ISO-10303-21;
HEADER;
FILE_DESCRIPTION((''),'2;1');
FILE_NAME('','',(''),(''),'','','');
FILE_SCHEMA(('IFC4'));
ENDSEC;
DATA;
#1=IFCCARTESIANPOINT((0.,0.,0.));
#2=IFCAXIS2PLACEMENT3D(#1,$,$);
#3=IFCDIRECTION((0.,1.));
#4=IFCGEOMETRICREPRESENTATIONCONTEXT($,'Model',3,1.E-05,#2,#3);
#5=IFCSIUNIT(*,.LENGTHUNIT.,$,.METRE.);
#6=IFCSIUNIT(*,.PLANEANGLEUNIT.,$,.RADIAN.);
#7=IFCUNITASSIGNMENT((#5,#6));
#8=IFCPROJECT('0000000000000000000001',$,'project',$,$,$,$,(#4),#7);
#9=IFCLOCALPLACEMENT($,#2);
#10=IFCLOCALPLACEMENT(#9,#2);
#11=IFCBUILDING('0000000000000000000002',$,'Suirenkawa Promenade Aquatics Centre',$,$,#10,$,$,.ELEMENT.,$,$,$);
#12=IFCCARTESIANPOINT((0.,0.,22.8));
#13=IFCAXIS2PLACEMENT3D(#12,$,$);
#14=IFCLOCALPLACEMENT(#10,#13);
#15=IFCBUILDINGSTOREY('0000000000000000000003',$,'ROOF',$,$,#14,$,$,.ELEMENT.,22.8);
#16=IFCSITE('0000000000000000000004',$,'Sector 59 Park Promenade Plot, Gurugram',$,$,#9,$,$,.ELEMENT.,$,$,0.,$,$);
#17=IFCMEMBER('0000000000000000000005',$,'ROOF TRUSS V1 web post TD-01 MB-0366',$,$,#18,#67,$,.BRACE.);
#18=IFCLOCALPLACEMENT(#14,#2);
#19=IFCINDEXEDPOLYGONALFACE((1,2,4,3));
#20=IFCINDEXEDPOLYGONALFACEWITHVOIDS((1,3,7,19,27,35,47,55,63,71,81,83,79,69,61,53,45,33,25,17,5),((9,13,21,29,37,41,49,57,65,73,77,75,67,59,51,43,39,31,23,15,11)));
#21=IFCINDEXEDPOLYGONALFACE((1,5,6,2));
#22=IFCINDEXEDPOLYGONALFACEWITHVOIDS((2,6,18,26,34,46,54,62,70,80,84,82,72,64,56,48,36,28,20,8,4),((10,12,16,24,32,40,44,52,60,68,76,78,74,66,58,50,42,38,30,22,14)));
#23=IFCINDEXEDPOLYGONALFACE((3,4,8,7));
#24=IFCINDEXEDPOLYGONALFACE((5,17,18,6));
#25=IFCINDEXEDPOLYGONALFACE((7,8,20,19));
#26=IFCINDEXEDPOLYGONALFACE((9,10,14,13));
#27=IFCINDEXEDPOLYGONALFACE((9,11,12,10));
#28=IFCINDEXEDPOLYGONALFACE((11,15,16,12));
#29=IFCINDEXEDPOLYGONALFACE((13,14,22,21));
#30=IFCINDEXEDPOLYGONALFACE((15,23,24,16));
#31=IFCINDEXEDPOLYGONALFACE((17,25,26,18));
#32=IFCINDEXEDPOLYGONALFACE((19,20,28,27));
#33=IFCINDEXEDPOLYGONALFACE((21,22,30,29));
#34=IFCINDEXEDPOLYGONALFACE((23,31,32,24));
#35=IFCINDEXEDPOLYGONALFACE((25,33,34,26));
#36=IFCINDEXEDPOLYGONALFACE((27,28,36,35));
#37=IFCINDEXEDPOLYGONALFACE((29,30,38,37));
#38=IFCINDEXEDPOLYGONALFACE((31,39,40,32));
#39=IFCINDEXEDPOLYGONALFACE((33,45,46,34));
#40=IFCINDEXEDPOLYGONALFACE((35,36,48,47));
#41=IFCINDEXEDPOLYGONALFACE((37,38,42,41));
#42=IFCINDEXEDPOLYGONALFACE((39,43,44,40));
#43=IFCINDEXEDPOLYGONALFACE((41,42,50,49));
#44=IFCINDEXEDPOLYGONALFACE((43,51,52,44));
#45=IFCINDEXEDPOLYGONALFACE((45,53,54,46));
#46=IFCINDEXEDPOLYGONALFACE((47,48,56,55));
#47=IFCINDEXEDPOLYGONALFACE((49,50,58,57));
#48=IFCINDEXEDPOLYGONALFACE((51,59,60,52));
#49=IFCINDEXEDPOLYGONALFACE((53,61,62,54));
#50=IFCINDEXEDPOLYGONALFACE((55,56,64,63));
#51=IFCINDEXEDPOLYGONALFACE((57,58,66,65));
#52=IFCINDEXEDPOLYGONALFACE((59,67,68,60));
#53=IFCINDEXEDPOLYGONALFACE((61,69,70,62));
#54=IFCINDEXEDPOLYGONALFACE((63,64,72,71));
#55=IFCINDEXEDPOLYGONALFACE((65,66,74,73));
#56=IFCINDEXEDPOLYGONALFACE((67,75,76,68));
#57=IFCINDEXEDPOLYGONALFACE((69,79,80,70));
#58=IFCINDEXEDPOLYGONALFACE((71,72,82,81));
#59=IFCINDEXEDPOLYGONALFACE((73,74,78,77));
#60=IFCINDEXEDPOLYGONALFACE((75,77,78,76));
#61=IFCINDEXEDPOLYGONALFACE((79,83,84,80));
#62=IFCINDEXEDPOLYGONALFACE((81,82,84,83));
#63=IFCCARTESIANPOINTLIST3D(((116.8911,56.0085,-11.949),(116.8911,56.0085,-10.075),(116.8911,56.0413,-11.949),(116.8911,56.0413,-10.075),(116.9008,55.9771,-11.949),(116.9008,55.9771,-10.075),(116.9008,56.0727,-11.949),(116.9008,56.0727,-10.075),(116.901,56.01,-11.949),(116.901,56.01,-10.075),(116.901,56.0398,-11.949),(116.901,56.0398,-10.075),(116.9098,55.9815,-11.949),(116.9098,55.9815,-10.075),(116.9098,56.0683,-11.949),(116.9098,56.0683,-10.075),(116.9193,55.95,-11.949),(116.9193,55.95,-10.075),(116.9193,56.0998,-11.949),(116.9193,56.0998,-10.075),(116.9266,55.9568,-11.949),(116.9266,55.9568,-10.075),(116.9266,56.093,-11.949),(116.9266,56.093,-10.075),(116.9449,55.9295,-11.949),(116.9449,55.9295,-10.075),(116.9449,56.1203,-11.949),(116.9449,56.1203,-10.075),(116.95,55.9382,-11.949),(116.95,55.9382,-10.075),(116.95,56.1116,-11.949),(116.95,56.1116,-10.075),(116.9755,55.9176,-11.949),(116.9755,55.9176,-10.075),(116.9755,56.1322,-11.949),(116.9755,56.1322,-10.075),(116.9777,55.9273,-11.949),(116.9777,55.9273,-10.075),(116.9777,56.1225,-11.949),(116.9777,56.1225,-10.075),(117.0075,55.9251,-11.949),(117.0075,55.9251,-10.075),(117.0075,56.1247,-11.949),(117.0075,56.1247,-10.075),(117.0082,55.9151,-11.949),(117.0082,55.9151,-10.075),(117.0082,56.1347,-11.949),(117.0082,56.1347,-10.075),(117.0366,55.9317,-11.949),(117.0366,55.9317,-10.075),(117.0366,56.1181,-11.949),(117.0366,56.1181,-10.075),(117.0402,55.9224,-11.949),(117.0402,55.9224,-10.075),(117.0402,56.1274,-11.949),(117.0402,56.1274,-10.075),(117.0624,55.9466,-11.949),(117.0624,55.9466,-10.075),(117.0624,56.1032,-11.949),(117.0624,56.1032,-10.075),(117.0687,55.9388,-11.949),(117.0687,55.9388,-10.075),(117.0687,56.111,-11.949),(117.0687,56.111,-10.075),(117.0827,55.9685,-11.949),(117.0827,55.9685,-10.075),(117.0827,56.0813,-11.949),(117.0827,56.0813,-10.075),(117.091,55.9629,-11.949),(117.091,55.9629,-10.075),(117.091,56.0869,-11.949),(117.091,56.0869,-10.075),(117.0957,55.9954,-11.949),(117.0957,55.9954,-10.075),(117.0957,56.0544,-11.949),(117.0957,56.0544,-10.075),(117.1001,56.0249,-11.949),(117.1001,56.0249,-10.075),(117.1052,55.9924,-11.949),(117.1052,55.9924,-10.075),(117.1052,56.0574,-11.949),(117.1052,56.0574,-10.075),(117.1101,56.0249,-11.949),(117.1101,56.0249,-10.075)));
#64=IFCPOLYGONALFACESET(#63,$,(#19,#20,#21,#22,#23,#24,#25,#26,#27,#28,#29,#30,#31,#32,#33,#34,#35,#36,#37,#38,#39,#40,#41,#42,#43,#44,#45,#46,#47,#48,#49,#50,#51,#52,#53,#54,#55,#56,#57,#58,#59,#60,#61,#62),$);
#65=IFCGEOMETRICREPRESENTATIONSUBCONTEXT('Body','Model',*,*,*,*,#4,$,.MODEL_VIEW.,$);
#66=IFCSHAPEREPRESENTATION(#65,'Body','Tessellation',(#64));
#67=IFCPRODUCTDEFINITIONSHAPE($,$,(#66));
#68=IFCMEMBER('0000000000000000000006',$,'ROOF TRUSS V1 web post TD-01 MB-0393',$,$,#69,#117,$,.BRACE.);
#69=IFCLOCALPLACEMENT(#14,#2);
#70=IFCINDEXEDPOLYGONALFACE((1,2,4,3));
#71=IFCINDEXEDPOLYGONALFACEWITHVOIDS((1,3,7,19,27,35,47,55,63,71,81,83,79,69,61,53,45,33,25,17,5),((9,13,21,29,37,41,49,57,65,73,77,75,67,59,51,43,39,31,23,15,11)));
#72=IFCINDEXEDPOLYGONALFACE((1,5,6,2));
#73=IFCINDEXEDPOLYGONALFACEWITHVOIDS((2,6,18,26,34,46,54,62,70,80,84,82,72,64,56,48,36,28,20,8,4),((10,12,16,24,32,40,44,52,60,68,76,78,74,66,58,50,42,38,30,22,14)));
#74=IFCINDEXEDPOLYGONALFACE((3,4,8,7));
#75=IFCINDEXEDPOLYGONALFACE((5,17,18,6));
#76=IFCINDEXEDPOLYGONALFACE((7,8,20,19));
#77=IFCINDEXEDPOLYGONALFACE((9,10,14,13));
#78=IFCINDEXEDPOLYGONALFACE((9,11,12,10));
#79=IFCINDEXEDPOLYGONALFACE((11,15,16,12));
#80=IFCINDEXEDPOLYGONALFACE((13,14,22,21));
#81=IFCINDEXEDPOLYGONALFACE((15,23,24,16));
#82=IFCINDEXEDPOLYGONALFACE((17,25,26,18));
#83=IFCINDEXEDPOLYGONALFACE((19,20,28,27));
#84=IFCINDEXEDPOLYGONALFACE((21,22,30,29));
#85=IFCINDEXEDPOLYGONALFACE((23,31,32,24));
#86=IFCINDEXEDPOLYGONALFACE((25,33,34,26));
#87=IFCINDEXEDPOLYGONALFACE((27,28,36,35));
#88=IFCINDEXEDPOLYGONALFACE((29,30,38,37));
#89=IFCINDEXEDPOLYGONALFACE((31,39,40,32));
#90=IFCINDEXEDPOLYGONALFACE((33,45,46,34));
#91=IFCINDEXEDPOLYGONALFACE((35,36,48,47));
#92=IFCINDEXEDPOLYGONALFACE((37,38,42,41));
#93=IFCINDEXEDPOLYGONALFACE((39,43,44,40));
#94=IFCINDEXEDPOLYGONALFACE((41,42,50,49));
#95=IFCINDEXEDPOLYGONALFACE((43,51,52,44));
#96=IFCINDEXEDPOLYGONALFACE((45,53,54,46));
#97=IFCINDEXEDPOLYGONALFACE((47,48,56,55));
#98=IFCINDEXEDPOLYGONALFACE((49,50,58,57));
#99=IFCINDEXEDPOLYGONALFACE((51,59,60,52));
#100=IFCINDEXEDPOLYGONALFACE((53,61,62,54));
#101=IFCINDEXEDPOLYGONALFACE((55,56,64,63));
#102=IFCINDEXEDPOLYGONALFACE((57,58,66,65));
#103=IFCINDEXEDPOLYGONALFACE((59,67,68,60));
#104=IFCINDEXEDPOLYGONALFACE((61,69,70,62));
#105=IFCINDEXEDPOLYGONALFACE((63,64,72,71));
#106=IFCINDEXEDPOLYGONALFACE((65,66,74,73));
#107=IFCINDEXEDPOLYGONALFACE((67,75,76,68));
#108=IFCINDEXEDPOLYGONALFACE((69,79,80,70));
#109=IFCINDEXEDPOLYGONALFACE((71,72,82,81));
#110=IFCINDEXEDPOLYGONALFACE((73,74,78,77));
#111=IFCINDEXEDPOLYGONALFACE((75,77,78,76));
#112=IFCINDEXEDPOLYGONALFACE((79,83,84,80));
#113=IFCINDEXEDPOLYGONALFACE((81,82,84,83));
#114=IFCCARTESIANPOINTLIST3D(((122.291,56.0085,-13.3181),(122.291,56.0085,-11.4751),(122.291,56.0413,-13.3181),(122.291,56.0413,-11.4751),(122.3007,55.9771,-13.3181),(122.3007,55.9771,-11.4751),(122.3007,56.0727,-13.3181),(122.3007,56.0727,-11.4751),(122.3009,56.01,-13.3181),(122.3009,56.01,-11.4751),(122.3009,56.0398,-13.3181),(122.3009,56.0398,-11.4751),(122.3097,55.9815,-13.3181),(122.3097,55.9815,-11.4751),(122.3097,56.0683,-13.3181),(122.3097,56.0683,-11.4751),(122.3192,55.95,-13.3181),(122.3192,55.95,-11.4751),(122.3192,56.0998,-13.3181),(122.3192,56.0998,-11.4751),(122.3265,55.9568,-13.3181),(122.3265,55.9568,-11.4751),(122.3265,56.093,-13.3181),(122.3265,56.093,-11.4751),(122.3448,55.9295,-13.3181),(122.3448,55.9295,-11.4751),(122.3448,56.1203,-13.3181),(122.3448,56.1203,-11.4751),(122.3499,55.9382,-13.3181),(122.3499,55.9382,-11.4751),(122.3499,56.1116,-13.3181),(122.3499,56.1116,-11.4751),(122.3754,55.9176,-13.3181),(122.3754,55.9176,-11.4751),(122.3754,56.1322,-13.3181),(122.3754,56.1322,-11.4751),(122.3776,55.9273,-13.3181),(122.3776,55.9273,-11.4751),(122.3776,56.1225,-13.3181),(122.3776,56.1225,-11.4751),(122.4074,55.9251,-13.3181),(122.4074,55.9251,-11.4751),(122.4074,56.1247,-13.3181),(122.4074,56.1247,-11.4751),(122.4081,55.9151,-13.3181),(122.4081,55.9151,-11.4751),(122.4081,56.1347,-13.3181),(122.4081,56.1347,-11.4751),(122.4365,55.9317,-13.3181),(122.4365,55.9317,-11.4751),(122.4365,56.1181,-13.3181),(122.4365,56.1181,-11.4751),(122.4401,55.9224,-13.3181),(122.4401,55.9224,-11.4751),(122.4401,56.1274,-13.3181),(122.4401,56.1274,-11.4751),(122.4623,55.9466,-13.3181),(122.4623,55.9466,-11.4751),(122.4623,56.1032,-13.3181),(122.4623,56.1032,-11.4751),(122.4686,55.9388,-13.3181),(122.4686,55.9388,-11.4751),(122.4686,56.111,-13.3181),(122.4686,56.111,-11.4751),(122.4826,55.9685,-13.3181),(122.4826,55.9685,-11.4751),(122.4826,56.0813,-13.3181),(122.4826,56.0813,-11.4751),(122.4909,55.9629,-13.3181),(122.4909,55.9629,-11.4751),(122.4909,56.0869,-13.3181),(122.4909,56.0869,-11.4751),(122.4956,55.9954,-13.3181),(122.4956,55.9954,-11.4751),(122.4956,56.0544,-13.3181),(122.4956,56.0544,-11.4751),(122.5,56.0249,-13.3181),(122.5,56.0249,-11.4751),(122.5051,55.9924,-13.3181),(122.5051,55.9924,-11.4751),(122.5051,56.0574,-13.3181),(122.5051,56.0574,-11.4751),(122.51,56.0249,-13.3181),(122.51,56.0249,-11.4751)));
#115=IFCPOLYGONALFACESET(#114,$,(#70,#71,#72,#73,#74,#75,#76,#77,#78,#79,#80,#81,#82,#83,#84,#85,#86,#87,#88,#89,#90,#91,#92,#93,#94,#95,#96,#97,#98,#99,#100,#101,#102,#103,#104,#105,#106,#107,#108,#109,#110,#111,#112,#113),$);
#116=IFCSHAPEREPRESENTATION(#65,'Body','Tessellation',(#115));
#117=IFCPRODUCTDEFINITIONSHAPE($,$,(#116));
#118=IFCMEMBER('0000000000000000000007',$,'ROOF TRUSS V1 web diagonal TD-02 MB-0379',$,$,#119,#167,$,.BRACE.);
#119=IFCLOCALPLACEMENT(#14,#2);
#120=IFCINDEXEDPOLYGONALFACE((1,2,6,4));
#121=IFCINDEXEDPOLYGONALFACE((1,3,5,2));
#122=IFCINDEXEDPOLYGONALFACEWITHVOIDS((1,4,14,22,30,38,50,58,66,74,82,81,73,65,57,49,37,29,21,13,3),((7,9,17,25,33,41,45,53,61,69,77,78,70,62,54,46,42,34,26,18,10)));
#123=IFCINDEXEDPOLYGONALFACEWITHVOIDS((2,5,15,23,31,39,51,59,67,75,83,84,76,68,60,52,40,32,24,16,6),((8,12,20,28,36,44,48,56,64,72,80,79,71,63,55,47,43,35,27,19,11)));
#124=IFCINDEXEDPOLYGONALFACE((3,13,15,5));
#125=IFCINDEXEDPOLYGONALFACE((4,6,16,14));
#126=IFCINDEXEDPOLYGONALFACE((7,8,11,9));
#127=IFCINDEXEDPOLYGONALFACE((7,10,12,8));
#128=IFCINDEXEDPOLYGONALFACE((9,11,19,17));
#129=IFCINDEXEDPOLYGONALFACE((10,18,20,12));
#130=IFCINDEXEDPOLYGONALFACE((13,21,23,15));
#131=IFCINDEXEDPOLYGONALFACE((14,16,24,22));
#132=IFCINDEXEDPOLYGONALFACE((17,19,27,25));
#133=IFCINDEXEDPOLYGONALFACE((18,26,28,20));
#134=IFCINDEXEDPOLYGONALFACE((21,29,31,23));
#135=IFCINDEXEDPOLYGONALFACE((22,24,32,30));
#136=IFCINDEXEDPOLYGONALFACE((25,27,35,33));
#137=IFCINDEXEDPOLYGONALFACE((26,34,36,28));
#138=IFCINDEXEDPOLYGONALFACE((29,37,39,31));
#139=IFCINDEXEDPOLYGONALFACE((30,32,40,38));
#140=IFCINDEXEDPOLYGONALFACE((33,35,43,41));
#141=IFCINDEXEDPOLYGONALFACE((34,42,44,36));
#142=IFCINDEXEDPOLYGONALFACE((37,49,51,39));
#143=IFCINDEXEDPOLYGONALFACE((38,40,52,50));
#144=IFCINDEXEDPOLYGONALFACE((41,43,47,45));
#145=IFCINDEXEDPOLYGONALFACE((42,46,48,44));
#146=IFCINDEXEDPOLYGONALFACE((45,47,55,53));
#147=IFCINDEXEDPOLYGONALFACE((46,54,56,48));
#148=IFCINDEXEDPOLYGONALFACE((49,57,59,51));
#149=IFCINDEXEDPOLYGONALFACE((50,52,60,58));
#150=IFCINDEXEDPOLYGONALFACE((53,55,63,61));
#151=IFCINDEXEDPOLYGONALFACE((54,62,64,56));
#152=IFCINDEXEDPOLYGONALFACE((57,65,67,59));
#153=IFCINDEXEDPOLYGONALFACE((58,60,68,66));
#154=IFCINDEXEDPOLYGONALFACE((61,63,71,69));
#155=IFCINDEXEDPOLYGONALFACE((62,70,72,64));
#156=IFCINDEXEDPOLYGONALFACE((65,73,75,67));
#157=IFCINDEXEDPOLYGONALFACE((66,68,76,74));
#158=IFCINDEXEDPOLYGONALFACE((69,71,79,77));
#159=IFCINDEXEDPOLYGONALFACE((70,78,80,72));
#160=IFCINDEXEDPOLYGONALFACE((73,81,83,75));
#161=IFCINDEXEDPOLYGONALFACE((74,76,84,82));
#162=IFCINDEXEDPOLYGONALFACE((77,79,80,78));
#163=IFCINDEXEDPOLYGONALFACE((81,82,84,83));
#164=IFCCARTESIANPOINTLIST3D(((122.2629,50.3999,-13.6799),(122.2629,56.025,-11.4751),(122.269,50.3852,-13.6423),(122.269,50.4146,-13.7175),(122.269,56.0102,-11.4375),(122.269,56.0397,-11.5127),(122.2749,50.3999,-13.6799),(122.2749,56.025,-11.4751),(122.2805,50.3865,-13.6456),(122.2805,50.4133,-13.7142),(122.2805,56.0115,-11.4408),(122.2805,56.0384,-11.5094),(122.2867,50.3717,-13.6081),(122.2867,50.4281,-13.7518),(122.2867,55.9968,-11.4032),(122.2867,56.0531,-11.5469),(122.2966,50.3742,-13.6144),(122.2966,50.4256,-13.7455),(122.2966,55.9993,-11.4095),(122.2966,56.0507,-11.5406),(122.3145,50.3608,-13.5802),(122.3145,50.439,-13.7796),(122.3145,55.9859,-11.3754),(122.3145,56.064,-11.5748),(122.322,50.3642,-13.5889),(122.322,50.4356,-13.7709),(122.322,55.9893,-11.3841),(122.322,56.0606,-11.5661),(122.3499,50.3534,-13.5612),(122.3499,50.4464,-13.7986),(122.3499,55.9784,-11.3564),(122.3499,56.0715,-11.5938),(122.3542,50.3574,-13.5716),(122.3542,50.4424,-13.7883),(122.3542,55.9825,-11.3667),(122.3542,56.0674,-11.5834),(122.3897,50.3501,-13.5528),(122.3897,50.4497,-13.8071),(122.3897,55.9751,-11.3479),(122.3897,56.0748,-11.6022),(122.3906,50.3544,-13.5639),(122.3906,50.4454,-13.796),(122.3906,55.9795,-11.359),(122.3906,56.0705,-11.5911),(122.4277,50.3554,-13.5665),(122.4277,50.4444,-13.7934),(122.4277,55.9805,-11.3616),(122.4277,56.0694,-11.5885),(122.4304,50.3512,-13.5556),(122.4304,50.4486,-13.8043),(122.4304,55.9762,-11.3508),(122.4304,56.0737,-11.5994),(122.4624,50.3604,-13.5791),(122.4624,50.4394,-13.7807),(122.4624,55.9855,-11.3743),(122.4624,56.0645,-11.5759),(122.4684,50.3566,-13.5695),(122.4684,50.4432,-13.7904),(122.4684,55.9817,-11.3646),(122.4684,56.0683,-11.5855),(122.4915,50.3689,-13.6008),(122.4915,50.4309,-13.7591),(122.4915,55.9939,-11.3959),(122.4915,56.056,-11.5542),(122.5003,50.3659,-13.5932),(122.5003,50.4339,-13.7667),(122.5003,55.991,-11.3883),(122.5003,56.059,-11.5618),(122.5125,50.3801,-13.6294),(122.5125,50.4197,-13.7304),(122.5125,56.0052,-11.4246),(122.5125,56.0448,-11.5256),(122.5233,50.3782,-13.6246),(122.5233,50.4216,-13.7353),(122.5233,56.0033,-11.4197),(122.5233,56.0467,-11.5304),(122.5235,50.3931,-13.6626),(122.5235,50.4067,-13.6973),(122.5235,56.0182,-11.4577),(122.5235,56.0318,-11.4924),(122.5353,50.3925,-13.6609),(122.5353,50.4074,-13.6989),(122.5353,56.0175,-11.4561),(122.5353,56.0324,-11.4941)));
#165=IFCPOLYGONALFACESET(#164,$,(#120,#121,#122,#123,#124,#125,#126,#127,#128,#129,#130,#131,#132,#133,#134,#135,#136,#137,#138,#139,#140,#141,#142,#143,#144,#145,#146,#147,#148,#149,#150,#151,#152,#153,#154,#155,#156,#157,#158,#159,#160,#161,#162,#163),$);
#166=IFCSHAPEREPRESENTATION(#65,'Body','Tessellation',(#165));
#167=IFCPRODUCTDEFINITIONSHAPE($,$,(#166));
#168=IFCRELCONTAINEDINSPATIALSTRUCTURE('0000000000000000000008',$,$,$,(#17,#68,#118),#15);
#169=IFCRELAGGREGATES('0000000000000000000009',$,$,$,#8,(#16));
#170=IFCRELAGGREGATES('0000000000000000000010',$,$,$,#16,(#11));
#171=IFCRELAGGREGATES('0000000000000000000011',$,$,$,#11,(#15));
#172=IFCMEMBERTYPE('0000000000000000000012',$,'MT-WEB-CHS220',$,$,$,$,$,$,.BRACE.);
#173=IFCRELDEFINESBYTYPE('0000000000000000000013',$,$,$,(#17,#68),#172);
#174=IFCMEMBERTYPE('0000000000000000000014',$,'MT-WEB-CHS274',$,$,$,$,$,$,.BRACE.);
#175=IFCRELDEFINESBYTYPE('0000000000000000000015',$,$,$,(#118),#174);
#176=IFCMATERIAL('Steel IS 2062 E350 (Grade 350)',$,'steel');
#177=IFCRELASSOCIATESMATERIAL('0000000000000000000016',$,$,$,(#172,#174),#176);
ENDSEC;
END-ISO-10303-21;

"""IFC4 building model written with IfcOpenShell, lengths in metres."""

from ifc_helpers import new_model, si_unit, direction, frame, origin, origin_2d, place, context, subcontext, project, spatial, hollow_circle, extrude, material, material_profile, profile_set, type_object, element, save


model = new_model("IFC4")

# Units and contexts
model_context = context("Model", 3, precision=1e-05, world=origin(), true_north=direction((0.0, 1.0)))
body_context = subcontext(model_context, "Body", "Model", "MODEL_VIEW")
ifc_project = project(units=[si_unit("LENGTHUNIT", "METRE"), si_unit("PLANEANGLEUNIT", "RADIAN")], contexts=[model_context])

# Site, building, storey
site_placement = place(None, origin())
site = spatial("IfcSite", under=ifc_project, at=site_placement, Name="Sector 59 Park Promenade Plot, Gurugram", CompositionType="ELEMENT", RefElevation=0.0)
building_placement = place(site_placement, origin())
building = spatial("IfcBuilding", under=site, at=building_placement, Name="Suirenkawa Promenade Aquatics Centre", CompositionType="ELEMENT")
storey_placement = place(building_placement, frame((0.0, 0.0, 22.8)))
storey = spatial("IfcBuildingStorey", under=building, at=storey_placement, Name="ROOF", CompositionType="ELEMENT", Elevation=22.8)

# Shared definitions
ifc_material_1 = material(Name="Steel IS 2062 E350 (Grade 350)", Category="steel")

# Members
ifc_material_profile_1 = material_profile(ifc_material_1, hollow_circle(Radius=0.1101, WallThickness=0.01, at=origin_2d()), Name="CHS 220x10", Category="steel")
ifc_profile_set_1 = profile_set([ifc_material_profile_1], Name="Steel IS 2062 E350 (Grade 350)")
member_type_1 = type_object("IfcMemberType", Name="MT-WEB-CHS220", PredefinedType="BRACE", material=ifc_profile_set_1)
member_1_placement = place(storey_placement, frame((117.0, 56.0249, -11.949), z_axis=(0.0, 0.0, 1.0), x_axis=(1.0, 0.0, 0.0)))
element("IfcMember", 1, at=member_1_placement, inside=storey, type_object=member_type_1, Name="ROOF TRUSS V1 web post TD-01 MB-0366", PredefinedType="BRACE", context=body_context, shape_type="SweptSolid", body=[
    extrude(hollow_circle(Radius=0.1101, WallThickness=0.01, at=origin_2d()), origin(), (0.0, 0.0, 1.0), 1.874),
])
member_2_placement = place(storey_placement, frame((122.3999, 56.0249, -13.3181), z_axis=(0.0, 0.0, 1.0), x_axis=(1.0, 0.0, 0.0)))
element("IfcMember", 2, at=member_2_placement, inside=storey, type_object=member_type_1, Name="ROOF TRUSS V1 web post TD-01 MB-0393", PredefinedType="BRACE", context=body_context, shape_type="SweptSolid", body=[
    extrude(hollow_circle(Radius=0.1101, WallThickness=0.01, at=origin_2d()), origin(), (0.0, 0.0, 1.0), 1.843),
])
ifc_material_profile_2 = material_profile(ifc_material_1, hollow_circle(Radius=0.137, WallThickness=0.012, at=origin_2d()), Name="CHS 274x12", Category="steel")
ifc_profile_set_2 = profile_set([ifc_material_profile_2], Name="Steel IS 2062 E350 (Grade 350)")
member_type_2 = type_object("IfcMemberType", Name="MT-WEB-CHS274", PredefinedType="BRACE", material=ifc_profile_set_2)
member_3_placement = place(storey_placement, frame((122.3999, 50.3999, -13.6799), z_axis=(0.0, 0.931032, 0.364937), x_axis=(-1.0, 0.0, 0.0)))
element("IfcMember", 3, at=member_3_placement, inside=storey, type_object=member_type_2, Name="ROOF TRUSS V1 web diagonal TD-02 MB-0379", PredefinedType="BRACE", context=body_context, shape_type="SweptSolid", body=[
    extrude(hollow_circle(Radius=0.137, WallThickness=0.012, at=origin_2d()), origin(), (0.0, 0.0, 1.0), 6.0417),
])

save(model, "model.ifc")
